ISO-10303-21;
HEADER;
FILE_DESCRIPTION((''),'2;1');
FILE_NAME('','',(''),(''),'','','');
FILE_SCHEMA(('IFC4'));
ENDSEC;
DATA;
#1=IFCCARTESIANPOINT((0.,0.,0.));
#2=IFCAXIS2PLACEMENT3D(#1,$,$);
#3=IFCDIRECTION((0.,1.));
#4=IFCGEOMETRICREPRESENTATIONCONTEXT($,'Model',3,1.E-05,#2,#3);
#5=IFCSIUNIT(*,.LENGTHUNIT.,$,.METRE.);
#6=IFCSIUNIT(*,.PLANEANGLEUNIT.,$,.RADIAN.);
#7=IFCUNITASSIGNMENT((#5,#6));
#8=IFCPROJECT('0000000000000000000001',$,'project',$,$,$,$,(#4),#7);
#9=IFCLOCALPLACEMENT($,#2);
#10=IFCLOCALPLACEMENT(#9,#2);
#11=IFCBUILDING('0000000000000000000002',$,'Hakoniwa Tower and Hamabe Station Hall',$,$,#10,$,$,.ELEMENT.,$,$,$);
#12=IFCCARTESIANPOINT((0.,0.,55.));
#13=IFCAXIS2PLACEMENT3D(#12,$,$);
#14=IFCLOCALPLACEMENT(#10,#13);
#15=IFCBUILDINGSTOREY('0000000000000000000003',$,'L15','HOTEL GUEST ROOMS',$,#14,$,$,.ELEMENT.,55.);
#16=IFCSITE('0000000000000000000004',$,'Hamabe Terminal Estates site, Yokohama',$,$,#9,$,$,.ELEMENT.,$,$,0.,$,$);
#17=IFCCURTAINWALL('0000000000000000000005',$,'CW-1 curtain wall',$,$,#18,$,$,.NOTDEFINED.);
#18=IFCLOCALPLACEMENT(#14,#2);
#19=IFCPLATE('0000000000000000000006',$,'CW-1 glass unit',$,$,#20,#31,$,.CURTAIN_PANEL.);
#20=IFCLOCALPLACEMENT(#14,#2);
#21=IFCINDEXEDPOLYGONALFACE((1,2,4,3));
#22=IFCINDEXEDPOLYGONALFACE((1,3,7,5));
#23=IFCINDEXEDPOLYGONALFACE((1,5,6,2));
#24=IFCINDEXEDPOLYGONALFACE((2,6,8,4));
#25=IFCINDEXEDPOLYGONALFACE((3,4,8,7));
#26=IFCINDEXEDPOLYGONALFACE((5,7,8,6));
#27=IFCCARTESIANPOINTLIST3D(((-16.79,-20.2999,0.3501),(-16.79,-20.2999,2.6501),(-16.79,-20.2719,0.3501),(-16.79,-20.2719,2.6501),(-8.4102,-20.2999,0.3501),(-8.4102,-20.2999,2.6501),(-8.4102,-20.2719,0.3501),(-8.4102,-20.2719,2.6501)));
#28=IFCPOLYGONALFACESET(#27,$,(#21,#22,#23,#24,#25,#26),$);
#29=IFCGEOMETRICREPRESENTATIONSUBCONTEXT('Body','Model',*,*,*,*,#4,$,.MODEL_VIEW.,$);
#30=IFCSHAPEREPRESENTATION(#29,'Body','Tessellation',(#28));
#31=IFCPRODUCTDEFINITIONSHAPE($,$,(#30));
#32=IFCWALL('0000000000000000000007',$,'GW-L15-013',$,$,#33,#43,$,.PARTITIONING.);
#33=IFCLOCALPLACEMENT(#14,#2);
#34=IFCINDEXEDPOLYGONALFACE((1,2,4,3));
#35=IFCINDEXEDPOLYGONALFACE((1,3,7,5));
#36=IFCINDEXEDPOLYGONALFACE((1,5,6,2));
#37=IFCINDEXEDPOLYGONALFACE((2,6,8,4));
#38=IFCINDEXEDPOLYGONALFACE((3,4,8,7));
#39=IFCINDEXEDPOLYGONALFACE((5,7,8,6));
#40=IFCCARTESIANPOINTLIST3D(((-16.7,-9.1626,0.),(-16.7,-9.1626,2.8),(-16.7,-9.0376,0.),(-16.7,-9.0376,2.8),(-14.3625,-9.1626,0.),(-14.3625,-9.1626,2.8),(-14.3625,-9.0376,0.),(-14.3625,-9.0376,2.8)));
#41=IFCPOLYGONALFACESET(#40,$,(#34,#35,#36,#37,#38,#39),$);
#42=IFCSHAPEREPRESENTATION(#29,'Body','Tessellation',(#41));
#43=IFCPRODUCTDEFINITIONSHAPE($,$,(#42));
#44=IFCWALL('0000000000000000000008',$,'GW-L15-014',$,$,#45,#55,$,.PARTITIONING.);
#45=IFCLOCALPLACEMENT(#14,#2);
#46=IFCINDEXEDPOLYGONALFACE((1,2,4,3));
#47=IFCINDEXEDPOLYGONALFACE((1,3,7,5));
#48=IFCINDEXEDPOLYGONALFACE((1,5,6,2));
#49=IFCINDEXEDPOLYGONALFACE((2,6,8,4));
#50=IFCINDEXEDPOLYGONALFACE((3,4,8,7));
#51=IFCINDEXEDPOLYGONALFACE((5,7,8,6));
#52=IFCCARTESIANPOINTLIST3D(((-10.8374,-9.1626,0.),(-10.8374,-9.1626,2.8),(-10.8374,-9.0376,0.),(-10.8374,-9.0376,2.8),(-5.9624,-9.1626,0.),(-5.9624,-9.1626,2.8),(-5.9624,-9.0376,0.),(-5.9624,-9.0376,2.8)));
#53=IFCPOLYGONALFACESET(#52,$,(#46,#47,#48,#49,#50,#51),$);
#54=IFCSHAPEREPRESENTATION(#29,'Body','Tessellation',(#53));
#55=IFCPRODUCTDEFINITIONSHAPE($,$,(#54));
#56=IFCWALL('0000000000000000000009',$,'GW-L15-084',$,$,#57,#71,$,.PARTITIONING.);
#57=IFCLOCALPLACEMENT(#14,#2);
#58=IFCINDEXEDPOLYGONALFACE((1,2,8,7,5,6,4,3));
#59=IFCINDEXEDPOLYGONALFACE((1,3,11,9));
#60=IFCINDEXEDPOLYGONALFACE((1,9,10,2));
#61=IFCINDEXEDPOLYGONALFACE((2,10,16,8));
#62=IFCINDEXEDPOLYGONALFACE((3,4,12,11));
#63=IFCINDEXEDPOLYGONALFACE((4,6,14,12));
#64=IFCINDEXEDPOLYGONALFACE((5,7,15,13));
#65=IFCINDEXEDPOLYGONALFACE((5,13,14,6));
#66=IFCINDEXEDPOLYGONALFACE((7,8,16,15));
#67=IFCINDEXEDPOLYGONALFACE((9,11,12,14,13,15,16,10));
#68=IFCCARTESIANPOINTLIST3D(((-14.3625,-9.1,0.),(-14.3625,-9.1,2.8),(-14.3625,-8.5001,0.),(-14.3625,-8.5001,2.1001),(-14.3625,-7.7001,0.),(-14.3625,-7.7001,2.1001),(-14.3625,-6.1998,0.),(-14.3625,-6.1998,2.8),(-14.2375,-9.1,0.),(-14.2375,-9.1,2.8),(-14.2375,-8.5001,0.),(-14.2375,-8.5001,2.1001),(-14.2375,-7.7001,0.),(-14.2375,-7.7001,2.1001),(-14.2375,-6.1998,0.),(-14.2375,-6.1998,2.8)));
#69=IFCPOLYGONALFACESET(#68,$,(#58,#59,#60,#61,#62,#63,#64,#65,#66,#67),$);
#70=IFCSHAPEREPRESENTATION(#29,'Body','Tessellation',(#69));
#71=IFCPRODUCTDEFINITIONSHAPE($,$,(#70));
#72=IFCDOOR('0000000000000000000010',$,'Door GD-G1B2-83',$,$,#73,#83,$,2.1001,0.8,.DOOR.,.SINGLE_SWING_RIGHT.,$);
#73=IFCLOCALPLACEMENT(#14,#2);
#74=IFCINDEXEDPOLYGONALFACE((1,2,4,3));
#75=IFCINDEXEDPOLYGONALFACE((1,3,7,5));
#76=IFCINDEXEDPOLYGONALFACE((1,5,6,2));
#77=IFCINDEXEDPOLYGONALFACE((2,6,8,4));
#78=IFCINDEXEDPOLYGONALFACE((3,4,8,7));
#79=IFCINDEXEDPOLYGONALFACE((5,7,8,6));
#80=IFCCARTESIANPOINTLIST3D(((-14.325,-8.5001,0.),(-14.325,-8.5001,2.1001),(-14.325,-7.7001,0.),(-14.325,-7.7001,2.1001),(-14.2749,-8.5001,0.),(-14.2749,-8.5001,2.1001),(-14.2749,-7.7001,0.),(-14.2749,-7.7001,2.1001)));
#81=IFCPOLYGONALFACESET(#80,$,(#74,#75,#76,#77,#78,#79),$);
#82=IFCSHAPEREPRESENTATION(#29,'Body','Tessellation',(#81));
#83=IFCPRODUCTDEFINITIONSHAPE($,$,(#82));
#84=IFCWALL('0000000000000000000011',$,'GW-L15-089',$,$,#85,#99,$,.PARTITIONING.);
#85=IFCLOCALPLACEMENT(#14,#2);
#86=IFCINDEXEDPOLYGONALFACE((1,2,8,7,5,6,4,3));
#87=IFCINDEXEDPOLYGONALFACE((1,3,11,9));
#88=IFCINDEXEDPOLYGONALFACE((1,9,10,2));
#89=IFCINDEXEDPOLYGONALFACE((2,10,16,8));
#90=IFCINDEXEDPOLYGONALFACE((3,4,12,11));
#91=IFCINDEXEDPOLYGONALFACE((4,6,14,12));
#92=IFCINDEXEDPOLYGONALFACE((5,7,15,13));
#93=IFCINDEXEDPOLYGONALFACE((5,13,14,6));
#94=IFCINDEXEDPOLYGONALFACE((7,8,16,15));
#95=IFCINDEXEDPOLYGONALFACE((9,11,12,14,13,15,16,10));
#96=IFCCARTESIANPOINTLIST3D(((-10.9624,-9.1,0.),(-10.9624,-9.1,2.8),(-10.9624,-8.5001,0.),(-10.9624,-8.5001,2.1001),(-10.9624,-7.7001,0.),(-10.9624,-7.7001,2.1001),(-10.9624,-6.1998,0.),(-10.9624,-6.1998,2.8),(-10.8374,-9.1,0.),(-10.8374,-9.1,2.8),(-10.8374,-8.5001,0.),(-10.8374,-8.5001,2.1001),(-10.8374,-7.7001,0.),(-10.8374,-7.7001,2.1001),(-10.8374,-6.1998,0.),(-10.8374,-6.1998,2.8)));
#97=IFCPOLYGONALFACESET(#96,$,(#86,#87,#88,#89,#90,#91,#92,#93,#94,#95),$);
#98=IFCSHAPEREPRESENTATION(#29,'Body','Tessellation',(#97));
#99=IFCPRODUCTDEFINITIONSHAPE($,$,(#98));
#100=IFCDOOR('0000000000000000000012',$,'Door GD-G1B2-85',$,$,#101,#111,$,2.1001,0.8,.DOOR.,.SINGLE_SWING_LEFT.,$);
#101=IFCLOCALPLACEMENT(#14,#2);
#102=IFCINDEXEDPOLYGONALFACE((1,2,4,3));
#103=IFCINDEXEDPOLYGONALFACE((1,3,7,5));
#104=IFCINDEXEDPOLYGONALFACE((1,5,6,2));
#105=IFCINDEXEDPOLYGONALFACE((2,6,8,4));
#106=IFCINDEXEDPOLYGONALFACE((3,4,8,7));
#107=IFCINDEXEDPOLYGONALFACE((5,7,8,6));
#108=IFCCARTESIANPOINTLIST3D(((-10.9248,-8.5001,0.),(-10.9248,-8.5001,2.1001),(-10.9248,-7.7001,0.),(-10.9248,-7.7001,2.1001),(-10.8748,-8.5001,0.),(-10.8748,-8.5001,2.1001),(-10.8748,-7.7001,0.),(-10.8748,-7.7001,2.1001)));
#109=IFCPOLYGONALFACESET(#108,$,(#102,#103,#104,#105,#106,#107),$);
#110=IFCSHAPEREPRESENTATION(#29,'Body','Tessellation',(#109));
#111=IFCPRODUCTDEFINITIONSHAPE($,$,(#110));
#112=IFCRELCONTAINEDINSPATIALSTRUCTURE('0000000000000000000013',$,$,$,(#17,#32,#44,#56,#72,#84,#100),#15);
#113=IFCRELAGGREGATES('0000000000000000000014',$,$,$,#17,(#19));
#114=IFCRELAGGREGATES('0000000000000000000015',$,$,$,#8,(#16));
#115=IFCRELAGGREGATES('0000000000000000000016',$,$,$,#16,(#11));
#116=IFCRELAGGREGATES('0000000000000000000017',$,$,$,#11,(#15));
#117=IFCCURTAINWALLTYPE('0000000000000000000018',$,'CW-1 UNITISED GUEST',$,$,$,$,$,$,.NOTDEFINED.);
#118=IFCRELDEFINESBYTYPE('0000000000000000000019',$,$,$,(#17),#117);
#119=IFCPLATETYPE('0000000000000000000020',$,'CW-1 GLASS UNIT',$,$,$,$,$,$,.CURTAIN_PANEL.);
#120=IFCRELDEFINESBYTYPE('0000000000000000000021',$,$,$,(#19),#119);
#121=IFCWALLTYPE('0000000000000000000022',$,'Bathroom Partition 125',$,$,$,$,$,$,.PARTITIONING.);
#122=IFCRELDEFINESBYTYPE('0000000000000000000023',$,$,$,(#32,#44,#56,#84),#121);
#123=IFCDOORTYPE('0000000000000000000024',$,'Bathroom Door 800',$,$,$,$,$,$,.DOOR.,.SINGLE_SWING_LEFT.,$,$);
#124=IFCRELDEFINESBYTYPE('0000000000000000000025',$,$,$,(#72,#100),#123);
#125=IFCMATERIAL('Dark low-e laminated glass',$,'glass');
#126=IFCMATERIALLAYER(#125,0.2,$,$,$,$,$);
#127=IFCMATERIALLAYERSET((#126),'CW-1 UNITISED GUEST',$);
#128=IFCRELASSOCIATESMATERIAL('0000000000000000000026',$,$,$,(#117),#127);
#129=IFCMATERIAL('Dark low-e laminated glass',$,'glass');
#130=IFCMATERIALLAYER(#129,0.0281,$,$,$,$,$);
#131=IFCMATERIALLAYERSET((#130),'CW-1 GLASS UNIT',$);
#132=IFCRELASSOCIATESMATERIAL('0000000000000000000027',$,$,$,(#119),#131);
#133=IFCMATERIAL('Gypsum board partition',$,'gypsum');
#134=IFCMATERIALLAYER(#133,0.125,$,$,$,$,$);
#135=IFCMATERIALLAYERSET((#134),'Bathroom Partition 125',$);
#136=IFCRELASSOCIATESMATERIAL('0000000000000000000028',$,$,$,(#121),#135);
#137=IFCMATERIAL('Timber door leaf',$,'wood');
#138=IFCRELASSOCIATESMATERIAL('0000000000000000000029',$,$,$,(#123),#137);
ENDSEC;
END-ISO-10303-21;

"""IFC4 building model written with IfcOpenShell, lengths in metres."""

from ifc_helpers import new_model, si_unit, direction, frame, frame_2d, origin, origin_2d, place, context, subcontext, project, spatial, rectangle, extrude, material, layer, layer_set, type_object, element, fill, aggregate, save


model = new_model("IFC4")

# Units and contexts
model_context = context("Model", 3, precision=1e-05, world=origin(), true_north=direction((0.0, 1.0)))
body_context = subcontext(model_context, "Body", "Model", "MODEL_VIEW")
ifc_project = project(units=[si_unit("LENGTHUNIT", "METRE"), si_unit("PLANEANGLEUNIT", "RADIAN")], contexts=[model_context])

# Site, building, storey
site_placement = place(None, origin())
site = spatial("IfcSite", under=ifc_project, at=site_placement, Name="Hamabe Terminal Estates site, Yokohama", CompositionType="ELEMENT", RefElevation=0.0)
building_placement = place(site_placement, origin())
building = spatial("IfcBuilding", under=site, at=building_placement, Name="Hakoniwa Tower and Hamabe Station Hall", CompositionType="ELEMENT")
storey_placement = place(building_placement, frame((0.0, 0.0, 55.0)))
storey = spatial("IfcBuildingStorey", under=building, at=storey_placement, Name="L15", Description="HOTEL GUEST ROOMS", CompositionType="ELEMENT", Elevation=55.0)

# Curtain wall, plate
ifc_material_1 = material(Name="Dark low-e laminated glass", Category="glass")
ifc_layer_1 = layer(ifc_material_1, 0.2)
ifc_layer_set_1 = layer_set([ifc_layer_1], Name="CW-1 UNITISED GUEST")
curtain_wall_type = type_object("IfcCurtainWallType", Name="CW-1 UNITISED GUEST", PredefinedType="NOTDEFINED", material=ifc_layer_set_1)
curtain_wall_placement = place(storey_placement, origin())
curtain_wall = element("IfcCurtainWall", 1, at=curtain_wall_placement, inside=storey, type_object=curtain_wall_type, Name="CW-1 curtain wall", PredefinedType="NOTDEFINED")
ifc_material_2 = material(Name="Dark low-e laminated glass", Category="glass")
ifc_layer_2 = layer(ifc_material_2, 0.0281)
ifc_layer_set_2 = layer_set([ifc_layer_2], Name="CW-1 GLASS UNIT")
plate_type = type_object("IfcPlateType", Name="CW-1 GLASS UNIT", PredefinedType="CURTAIN_PANEL", material=ifc_layer_set_2)
plate_placement = place(storey_placement, frame((-12.6001, -20.2859, 0.3501), z_axis=(0.0, 0.0, 1.0), x_axis=(1.0, 0.0, 0.0)))
plate = element("IfcPlate", 2, at=plate_placement, type_object=plate_type, Name="CW-1 glass unit", PredefinedType="CURTAIN_PANEL", context=body_context, shape_type="SweptSolid", body=[
    extrude(rectangle(XDim=8.3799, YDim=0.0281, at=origin_2d()), origin(), (0.0, 0.0, 1.0), 2.3),
])
aggregate(curtain_wall, [plate])

# Walls
ifc_material_3 = material(Name="Gypsum board partition", Category="gypsum")
ifc_layer_3 = layer(ifc_material_3, 0.125)
ifc_layer_set_3 = layer_set([ifc_layer_3], Name="Bathroom Partition 125")
wall_type_1 = type_object("IfcWallType", Name="Bathroom Partition 125", PredefinedType="PARTITIONING", material=ifc_layer_set_3)
wall_1_placement = place(storey_placement, frame((-16.7, -9.1001, 0.0), z_axis=(0.0, 0.0, 1.0), x_axis=(1.0, 0.0, 0.0)))
element("IfcWall", 3, at=wall_1_placement, inside=storey, type_object=wall_type_1, Name="GW-L15-013", PredefinedType="PARTITIONING", context=body_context, shape_type="SweptSolid", body=[
    extrude(rectangle(XDim=2.3374, YDim=0.125, at=frame_2d((1.1687, 0.0))), origin(), (0.0, 0.0, 1.0), 2.8),
])
wall_2_placement = place(storey_placement, frame((-10.8374, -9.1001, 0.0), z_axis=(0.0, 0.0, 1.0), x_axis=(1.0, 0.0, 0.0)))
element("IfcWall", 4, at=wall_2_placement, inside=storey, type_object=wall_type_1, Name="GW-L15-014", PredefinedType="PARTITIONING", context=body_context, shape_type="SweptSolid", body=[
    extrude(rectangle(XDim=4.875, YDim=0.125, at=frame_2d((2.4375, 0.0))), origin(), (0.0, 0.0, 1.0), 2.8),
])

# Walls, openings, doors
wall_3_placement = place(storey_placement, frame((-14.3, -9.1001, 0.0), z_axis=(0.0, 0.0, 1.0), x_axis=(0.0, 1.0, 0.0)))
wall_3 = element("IfcWall", 5, at=wall_3_placement, inside=storey, type_object=wall_type_1, Name="GW-L15-084", PredefinedType="PARTITIONING", context=body_context, shape_type="SweptSolid", body=[
    extrude(rectangle(XDim=2.9001, YDim=0.125, at=frame_2d((1.4502, 0.0))), origin(), (0.0, 0.0, 1.0), 2.8),
])
opening_1_placement = place(wall_3_placement, frame((0.6001, 0.0, 0.0)))
opening_1 = element("IfcOpeningElement", 6, at=opening_1_placement, cuts=wall_3, PredefinedType="OPENING", context=body_context, shape_type="SweptSolid", body=[
    extrude(rectangle(XDim=0.8, YDim=2.1001, at=frame_2d((0.3999, 1.05))), frame((0.0, 0.0725, 0.0), z_axis=(0.0, -1.0, 0.0), x_axis=(1.0, 0.0, 0.0)), (0.0, 0.0, 1.0), 0.145),
])
ifc_material_4 = material(Name="Timber door leaf", Category="wood")
door_type_1 = type_object("IfcDoorType", Name="Bathroom Door 800", OperationType="SINGLE_SWING_LEFT", PredefinedType="DOOR", material=ifc_material_4)
door_1_placement = place(opening_1_placement, origin())
door_1 = element("IfcDoor", 7, at=door_1_placement, inside=storey, type_object=door_type_1, Name="Door GD-G1B2-83", OperationType="SINGLE_SWING_RIGHT", OverallHeight=2.1001, OverallWidth=0.8, PredefinedType="DOOR", context=body_context, shape_type="SweptSolid", body=[
    extrude(rectangle(XDim=0.8, YDim=2.1001, at=frame_2d((0.3999, 1.05))), frame((0.0, 0.0249, 0.0), z_axis=(0.0, -1.0, 0.0), x_axis=(1.0, 0.0, 0.0)), (0.0, 0.0, 1.0), 0.05),
])
fill(opening_1, door_1)
wall_4_placement = place(storey_placement, frame((-10.8999, -9.1001, 0.0), z_axis=(0.0, 0.0, 1.0), x_axis=(0.0, 1.0, 0.0)))
wall_4 = element("IfcWall", 8, at=wall_4_placement, inside=storey, type_object=wall_type_1, Name="GW-L15-089", PredefinedType="PARTITIONING", context=body_context, shape_type="SweptSolid", body=[
    extrude(rectangle(XDim=2.9001, YDim=0.125, at=frame_2d((1.4502, 0.0))), origin(), (0.0, 0.0, 1.0), 2.8),
])
opening_2_placement = place(wall_4_placement, frame((0.6001, 0.0, 0.0)))
opening_2 = element("IfcOpeningElement", 9, at=opening_2_placement, cuts=wall_4, PredefinedType="OPENING", context=body_context, shape_type="SweptSolid", body=[
    extrude(rectangle(XDim=0.8, YDim=2.1001, at=frame_2d((0.3999, 1.05))), frame((0.0, 0.0725, 0.0), z_axis=(0.0, -1.0, 0.0), x_axis=(1.0, 0.0, 0.0)), (0.0, 0.0, 1.0), 0.145),
])
door_2_placement = place(opening_2_placement, origin())
door_2 = element("IfcDoor", 10, at=door_2_placement, inside=storey, type_object=door_type_1, Name="Door GD-G1B2-85", OperationType="SINGLE_SWING_LEFT", OverallHeight=2.1001, OverallWidth=0.8, PredefinedType="DOOR", context=body_context, shape_type="SweptSolid", body=[
    extrude(rectangle(XDim=0.8, YDim=2.1001, at=frame_2d((0.3999, 1.05))), frame((0.0, 0.0249, 0.0), z_axis=(0.0, -1.0, 0.0), x_axis=(1.0, 0.0, 0.0)), (0.0, 0.0, 1.0), 0.05),
])
fill(opening_2, door_2)

save(model, "model.ifc")
